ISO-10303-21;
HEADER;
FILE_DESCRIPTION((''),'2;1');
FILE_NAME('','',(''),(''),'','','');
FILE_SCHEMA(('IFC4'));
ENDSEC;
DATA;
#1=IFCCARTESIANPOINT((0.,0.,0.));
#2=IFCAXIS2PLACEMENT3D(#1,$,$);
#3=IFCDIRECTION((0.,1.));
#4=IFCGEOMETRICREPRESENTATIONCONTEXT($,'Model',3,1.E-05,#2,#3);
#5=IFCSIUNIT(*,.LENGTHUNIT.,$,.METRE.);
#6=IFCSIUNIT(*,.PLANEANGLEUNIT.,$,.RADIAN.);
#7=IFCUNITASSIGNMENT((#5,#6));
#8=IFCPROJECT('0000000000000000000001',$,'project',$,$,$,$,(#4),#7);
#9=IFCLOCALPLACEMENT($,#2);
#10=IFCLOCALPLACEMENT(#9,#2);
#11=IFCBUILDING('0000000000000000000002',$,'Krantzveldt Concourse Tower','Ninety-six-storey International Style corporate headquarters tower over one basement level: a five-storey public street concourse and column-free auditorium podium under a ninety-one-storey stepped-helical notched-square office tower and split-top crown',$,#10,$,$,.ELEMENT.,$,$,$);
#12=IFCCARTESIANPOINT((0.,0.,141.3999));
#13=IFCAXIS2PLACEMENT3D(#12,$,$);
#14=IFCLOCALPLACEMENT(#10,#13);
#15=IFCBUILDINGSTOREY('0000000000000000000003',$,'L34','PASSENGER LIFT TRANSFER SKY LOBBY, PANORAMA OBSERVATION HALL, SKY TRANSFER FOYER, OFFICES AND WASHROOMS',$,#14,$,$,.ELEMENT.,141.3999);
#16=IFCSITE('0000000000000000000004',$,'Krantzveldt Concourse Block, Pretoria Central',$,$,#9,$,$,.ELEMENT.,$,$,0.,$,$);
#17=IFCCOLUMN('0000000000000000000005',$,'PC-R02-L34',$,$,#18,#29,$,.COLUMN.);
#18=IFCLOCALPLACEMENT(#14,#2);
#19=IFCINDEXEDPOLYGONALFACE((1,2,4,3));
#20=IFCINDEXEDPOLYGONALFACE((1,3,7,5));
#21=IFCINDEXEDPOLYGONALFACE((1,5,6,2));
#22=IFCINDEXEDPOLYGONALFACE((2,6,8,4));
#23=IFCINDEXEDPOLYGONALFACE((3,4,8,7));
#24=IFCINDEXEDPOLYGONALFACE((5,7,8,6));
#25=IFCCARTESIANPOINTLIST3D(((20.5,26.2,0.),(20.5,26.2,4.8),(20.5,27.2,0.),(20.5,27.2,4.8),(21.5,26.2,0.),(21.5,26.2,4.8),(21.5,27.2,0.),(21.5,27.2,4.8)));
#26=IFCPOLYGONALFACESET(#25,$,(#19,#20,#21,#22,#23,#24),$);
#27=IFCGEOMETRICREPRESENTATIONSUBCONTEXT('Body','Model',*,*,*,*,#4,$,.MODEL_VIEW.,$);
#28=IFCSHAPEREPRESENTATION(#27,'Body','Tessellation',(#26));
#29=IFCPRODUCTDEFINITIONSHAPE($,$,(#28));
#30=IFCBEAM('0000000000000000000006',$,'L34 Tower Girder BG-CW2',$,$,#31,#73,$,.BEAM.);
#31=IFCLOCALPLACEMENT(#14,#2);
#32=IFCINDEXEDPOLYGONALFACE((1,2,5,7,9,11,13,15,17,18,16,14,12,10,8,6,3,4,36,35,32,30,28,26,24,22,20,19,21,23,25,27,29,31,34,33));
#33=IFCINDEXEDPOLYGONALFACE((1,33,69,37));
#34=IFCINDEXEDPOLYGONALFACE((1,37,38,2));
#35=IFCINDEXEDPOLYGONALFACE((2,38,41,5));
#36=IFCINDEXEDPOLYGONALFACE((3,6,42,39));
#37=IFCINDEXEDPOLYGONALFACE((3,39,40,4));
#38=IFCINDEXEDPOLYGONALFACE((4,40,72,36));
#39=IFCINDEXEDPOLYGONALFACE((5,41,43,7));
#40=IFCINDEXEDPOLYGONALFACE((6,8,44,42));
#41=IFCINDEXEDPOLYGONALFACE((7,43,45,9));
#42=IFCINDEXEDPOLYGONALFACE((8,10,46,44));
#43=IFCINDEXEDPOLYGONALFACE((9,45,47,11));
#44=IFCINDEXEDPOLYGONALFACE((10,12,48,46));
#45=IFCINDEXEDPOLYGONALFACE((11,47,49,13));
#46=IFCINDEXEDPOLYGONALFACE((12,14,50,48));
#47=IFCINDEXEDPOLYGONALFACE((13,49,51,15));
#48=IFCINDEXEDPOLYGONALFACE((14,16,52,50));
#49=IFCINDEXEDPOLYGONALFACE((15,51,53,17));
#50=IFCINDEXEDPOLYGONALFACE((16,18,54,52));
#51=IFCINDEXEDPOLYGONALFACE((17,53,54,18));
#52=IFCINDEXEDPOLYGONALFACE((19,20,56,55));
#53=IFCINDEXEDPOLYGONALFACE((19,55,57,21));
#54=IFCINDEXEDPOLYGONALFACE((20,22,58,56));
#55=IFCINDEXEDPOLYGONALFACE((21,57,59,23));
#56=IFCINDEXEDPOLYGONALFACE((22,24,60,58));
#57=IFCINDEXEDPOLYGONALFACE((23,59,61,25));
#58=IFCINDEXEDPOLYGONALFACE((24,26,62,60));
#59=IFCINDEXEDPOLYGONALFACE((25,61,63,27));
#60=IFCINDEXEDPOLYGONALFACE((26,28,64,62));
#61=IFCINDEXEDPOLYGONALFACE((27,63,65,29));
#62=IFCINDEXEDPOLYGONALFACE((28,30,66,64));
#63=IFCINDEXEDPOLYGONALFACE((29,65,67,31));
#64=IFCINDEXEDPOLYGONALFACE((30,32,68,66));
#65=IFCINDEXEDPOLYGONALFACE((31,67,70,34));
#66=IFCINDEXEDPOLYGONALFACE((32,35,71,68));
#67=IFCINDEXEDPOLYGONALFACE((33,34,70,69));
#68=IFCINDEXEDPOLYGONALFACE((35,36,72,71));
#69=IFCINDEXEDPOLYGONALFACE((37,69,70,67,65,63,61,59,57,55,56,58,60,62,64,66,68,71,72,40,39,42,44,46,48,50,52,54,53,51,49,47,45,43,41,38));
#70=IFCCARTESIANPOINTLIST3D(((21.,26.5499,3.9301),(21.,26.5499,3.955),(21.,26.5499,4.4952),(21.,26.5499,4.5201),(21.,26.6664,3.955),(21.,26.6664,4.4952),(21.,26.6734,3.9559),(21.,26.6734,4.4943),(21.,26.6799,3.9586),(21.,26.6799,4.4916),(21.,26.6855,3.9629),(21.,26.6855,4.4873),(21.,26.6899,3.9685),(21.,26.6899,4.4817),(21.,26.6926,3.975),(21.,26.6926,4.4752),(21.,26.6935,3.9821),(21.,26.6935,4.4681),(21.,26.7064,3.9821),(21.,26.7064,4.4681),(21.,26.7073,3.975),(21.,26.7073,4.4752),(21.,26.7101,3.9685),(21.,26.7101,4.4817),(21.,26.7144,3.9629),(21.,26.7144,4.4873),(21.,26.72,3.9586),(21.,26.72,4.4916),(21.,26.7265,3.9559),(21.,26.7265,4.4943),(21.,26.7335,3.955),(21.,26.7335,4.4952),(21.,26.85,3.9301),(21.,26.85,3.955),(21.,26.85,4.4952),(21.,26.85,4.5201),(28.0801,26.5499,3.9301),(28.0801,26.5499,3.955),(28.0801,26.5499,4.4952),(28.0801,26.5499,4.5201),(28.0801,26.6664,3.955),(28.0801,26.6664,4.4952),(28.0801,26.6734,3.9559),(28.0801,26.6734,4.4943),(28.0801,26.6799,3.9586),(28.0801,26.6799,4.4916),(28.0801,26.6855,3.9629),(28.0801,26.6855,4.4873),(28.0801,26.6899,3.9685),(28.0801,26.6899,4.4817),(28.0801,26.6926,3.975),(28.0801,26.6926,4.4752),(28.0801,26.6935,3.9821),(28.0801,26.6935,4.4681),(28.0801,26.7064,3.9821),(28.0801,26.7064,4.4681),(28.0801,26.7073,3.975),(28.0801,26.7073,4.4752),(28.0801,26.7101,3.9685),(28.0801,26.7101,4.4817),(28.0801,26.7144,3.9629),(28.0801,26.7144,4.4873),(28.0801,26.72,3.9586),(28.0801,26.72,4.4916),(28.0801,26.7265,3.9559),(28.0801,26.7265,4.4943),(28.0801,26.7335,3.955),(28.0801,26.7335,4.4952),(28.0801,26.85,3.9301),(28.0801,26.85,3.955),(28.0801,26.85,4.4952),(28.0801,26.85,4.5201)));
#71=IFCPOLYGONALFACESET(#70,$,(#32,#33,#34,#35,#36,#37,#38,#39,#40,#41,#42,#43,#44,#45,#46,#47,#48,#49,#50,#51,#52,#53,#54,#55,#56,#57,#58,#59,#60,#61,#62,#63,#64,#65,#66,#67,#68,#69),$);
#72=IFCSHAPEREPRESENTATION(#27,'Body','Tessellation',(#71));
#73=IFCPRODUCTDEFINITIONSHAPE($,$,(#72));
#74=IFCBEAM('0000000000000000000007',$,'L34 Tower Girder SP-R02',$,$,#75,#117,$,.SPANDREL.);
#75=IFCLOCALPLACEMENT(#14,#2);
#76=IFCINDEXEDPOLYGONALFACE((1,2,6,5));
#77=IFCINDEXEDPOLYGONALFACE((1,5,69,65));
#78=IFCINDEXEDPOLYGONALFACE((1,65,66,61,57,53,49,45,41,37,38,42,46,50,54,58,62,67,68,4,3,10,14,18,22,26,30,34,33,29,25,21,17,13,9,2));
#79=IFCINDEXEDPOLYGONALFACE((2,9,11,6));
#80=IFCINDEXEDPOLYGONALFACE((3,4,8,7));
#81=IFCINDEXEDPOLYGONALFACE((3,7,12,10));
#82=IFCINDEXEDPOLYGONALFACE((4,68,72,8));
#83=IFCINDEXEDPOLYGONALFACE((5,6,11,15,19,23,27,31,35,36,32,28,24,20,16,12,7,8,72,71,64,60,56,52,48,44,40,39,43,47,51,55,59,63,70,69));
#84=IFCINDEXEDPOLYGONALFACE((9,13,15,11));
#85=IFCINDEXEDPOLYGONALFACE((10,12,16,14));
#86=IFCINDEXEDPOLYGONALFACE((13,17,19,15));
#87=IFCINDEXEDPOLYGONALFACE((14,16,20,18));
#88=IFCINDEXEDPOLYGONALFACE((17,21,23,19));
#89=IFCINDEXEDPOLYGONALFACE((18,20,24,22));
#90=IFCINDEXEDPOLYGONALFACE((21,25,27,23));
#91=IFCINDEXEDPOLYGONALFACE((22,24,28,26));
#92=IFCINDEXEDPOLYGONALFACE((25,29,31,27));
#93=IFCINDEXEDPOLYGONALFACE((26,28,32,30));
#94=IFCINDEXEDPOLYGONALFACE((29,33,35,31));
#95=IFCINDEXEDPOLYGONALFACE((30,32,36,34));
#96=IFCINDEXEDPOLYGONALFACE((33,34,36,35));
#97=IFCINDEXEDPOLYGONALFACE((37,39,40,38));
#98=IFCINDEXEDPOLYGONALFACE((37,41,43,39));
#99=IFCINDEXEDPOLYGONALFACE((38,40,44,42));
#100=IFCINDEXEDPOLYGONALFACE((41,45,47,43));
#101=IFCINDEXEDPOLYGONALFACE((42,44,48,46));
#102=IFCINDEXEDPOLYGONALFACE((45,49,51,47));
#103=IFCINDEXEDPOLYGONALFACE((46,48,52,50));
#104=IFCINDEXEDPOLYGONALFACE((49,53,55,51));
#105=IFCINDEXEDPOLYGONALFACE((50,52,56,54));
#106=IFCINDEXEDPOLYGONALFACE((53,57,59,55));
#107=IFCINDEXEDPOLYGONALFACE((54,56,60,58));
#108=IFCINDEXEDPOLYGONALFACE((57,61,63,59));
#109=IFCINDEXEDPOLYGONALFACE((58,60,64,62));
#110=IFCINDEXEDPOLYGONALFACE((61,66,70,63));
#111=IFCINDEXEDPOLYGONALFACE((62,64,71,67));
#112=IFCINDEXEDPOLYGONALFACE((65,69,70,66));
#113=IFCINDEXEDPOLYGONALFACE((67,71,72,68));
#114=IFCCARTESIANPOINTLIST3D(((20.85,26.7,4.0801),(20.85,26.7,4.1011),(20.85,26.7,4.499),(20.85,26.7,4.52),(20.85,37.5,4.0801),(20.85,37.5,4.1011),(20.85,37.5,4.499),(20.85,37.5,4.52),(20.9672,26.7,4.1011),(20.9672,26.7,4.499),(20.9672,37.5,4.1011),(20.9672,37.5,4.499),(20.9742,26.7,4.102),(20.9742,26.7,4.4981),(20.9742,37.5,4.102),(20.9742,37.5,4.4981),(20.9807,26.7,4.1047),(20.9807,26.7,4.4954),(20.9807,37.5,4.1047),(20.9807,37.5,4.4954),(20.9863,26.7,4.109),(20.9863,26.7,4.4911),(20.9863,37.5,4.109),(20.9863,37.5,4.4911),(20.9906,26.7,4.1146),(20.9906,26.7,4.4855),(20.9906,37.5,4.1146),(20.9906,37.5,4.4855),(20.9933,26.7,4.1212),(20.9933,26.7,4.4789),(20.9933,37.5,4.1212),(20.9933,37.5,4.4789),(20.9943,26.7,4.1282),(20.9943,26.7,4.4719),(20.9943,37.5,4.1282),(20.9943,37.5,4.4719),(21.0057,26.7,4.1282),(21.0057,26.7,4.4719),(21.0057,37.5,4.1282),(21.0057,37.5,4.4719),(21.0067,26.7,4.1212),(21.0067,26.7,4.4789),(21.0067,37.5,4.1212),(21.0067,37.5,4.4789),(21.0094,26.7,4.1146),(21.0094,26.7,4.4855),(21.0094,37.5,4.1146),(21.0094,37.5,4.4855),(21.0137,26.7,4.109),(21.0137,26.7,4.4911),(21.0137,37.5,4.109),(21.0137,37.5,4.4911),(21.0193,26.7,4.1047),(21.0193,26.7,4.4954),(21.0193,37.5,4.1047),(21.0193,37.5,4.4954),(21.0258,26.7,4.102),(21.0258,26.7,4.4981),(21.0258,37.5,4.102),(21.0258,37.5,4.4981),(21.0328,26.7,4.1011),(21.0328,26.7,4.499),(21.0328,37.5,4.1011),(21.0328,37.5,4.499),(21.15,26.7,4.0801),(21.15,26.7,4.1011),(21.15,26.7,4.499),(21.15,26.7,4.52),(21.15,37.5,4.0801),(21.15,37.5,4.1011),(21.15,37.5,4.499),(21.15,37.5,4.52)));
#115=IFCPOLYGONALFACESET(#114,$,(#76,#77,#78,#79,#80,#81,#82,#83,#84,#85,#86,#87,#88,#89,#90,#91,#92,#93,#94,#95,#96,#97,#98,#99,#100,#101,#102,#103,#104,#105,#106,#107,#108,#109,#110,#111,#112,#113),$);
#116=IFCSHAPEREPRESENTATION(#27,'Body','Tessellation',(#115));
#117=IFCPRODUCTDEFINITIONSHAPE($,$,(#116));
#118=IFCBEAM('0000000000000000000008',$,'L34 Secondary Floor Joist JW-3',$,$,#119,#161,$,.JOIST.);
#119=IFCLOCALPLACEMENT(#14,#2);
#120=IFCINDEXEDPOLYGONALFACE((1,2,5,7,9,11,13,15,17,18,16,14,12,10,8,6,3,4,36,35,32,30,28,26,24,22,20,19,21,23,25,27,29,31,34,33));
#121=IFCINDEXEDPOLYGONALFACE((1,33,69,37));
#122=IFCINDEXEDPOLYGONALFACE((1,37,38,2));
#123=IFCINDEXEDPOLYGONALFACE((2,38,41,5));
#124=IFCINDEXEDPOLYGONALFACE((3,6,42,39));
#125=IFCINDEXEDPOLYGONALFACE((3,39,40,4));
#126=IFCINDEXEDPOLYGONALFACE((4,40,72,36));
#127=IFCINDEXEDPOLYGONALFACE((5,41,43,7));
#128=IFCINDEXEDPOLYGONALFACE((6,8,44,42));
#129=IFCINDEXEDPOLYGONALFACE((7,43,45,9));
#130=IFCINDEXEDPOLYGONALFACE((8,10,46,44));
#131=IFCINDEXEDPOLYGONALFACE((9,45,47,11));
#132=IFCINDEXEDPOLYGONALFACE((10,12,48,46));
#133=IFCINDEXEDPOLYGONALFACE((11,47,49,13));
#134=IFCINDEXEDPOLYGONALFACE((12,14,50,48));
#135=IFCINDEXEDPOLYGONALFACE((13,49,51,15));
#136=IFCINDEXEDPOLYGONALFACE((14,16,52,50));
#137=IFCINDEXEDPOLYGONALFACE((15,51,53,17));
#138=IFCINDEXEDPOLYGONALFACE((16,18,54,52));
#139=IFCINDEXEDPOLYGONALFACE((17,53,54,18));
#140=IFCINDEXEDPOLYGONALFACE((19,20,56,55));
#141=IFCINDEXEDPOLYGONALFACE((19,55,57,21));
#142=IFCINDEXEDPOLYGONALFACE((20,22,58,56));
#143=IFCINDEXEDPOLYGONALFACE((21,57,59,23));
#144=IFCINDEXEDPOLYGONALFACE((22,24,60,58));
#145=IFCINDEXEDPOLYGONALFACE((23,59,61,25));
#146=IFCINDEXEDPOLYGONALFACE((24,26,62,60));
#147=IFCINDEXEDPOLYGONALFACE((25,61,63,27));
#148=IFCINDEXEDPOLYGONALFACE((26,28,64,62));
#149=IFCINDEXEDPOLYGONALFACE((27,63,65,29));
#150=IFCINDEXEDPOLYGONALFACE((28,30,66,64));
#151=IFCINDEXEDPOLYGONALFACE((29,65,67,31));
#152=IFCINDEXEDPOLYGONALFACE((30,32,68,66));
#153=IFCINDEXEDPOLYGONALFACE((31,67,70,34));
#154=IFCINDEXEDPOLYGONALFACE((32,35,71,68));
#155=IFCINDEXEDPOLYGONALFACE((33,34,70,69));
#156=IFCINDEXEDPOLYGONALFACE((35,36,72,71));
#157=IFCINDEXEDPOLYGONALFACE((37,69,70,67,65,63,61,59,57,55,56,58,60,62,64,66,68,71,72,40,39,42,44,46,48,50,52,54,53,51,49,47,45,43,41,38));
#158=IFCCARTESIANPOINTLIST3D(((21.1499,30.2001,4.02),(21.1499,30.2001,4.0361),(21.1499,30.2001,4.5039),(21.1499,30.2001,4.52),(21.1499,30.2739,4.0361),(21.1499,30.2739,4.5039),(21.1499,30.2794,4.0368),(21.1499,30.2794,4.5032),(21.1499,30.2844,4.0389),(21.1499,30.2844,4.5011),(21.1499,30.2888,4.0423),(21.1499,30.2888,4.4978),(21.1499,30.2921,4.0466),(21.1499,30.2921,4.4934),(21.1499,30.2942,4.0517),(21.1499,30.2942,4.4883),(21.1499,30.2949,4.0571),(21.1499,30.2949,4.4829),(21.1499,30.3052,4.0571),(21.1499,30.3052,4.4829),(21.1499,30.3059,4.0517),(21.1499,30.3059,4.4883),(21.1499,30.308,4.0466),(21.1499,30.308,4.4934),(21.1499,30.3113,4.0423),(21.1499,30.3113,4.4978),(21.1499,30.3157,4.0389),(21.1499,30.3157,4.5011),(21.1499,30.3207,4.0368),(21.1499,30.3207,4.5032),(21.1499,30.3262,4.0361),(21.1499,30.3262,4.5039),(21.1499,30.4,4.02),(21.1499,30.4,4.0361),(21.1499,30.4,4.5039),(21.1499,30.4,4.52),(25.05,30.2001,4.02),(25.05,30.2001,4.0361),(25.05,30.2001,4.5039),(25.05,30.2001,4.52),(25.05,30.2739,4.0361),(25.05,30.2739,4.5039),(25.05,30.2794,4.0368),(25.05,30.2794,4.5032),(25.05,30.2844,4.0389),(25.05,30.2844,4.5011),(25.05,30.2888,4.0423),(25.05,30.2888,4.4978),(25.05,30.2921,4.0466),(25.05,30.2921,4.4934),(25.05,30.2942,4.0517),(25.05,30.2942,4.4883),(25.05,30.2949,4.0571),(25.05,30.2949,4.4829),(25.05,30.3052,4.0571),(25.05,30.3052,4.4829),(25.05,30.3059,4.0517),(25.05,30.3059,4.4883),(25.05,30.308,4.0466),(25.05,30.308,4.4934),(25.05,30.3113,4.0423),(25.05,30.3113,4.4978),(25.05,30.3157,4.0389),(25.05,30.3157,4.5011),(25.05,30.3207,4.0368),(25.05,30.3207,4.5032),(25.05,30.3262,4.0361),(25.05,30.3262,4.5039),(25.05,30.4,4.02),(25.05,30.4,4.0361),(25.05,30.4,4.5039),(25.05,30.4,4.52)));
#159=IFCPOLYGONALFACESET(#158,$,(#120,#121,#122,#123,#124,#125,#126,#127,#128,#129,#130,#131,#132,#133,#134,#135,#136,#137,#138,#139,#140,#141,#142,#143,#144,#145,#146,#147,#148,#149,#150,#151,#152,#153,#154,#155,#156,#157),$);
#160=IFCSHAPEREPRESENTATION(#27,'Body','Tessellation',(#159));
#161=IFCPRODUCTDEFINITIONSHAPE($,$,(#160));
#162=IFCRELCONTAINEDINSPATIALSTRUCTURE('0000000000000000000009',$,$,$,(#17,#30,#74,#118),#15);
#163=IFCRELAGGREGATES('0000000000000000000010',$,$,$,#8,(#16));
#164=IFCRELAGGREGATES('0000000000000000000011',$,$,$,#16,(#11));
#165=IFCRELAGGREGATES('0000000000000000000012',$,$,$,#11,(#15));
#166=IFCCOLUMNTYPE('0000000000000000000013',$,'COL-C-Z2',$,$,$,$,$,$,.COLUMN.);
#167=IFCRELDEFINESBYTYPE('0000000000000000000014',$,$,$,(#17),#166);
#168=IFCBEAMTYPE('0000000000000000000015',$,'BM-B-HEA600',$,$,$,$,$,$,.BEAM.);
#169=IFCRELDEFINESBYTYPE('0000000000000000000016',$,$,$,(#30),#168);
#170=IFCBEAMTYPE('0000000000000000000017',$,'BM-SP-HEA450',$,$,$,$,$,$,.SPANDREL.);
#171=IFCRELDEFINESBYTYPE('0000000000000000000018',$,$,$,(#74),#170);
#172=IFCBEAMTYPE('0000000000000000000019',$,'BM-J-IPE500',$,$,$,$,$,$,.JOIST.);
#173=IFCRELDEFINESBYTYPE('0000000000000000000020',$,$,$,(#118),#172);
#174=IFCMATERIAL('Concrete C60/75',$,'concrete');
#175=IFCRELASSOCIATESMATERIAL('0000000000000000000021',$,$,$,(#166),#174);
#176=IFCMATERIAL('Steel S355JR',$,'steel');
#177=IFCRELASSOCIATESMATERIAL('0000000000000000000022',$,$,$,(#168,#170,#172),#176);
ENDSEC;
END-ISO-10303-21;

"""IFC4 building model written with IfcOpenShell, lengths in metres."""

from ifc_helpers import new_model, si_unit, direction, frame, origin, origin_2d, place, context, subcontext, project, spatial, rectangle, i_section, extrude, source, transform, mapped, material, material_profile, profile_set, type_object, type_shapes, element, save


model = new_model("IFC4")

# Units and contexts
model_context = context("Model", 3, precision=1e-05, world=origin(), true_north=direction((0.0, 1.0)))
body_context = subcontext(model_context, "Body", "Model", "MODEL_VIEW")
ifc_project = project(units=[si_unit("LENGTHUNIT", "METRE"), si_unit("PLANEANGLEUNIT", "RADIAN")], contexts=[model_context])

# Site, building, storey
site_placement = place(None, origin())
site = spatial("IfcSite", under=ifc_project, at=site_placement, Name="Krantzveldt Concourse Block, Pretoria Central", CompositionType="ELEMENT", RefElevation=0.0)
building_placement = place(site_placement, origin())
building = spatial("IfcBuilding", under=site, at=building_placement, Name="Krantzveldt Concourse Tower", Description="Ninety-six-storey International Style corporate headquarters tower over one basement level: a five-storey public street concourse and column-free auditorium podium under a ninety-one-storey stepped-helical notched-square office tower and split-top crown", CompositionType="ELEMENT")
storey_placement = place(building_placement, frame((0.0, 0.0, 141.3999)))
storey = spatial("IfcBuildingStorey", under=building, at=storey_placement, Name="L34", Description="PASSENGER LIFT TRANSFER SKY LOBBY, PANORAMA OBSERVATION HALL, SKY TRANSFER FOYER, OFFICES AND WASHROOMS", CompositionType="ELEMENT", Elevation=141.3999)

# Column
ifc_material_1 = material(Name="Concrete C60/75", Category="concrete")
ifc_material_profile_1 = material_profile(ifc_material_1, rectangle(XDim=1.0, YDim=1.0, at=origin_2d()), Name="Concrete C60/75", Category="concrete")
ifc_profile_set_1 = profile_set([ifc_material_profile_1], Name="Concrete C60/75 - RC 1000x1000")
column_type = type_object("IfcColumnType", Name="COL-C-Z2", PredefinedType="COLUMN", material=ifc_profile_set_1)
shared_shape_1 = source(origin(), body_context, "Body", "SweptSolid", [
    extrude(rectangle(XDim=1.0, YDim=1.0, at=origin_2d()), origin(), (0.0, 0.0, 1.0), 4.8),
])
type_shapes(column_type, [shared_shape_1])
column_placement = place(storey_placement, frame((21.0, 26.7, 0.0), z_axis=(0.0, 0.0, 1.0), x_axis=(1.0, 0.0, 0.0)))
element("IfcColumn", 1, at=column_placement, inside=storey, type_object=column_type, Name="PC-R02-L34", PredefinedType="COLUMN", context=body_context, shape_type="MappedRepresentation", body=[
    mapped(shared_shape_1, transform((0.0, 0.0, 0.0), x_axis=(1.0, 0.0, 0.0), y_axis=(0.0, 1.0, 0.0), z_axis=(0.0, 0.0, 1.0), scale=1.0)),
])

# Beams
ifc_material_2 = material(Name="Steel S355JR", Category="steel")
ifc_material_profile_2 = material_profile(ifc_material_2, i_section(OverallWidth=0.3, OverallDepth=0.5901, WebThickness=0.0129, FlangeThickness=0.0249, FilletRadius=0.0271, at=origin_2d()), Name="Steel S355JR", Category="steel")
ifc_profile_set_2 = profile_set([ifc_material_profile_2], Name="Steel S355JR - HEA 600")
beam_type_1 = type_object("IfcBeamType", Name="BM-B-HEA600", PredefinedType="BEAM", material=ifc_profile_set_2)
shared_shape_2 = source(origin(), body_context, "Body", "SweptSolid", [
    extrude(i_section(OverallWidth=0.3, OverallDepth=0.5901, WebThickness=0.0129, FlangeThickness=0.0249, FilletRadius=0.0271, at=origin_2d()), origin(), (0.0, 0.0, 1.0), 7.0801),
])
type_shapes(beam_type_1, [shared_shape_2])
beam_1_placement = place(storey_placement, frame((21.0, 26.7, 4.2251), z_axis=(1.0, 0.0, 0.0), x_axis=(0.0, 1.0, 0.0)))
element("IfcBeam", 2, at=beam_1_placement, inside=storey, type_object=beam_type_1, Name="L34 Tower Girder BG-CW2", PredefinedType="BEAM", context=body_context, shape_type="MappedRepresentation", body=[
    mapped(shared_shape_2, transform((0.0, 0.0, 0.0), x_axis=(1.0, 0.0, 0.0), y_axis=(0.0, 1.0, 0.0), z_axis=(0.0, 0.0, 1.0), scale=1.0)),
])
ifc_material_profile_3 = material_profile(ifc_material_2, i_section(OverallWidth=0.3, OverallDepth=0.4399, WebThickness=0.0115, FlangeThickness=0.021, FilletRadius=0.0271, at=origin_2d()), Name="Steel S355JR", Category="steel")
ifc_profile_set_3 = profile_set([ifc_material_profile_3], Name="Steel S355JR - HEA 450")
beam_type_2 = type_object("IfcBeamType", Name="BM-SP-HEA450", PredefinedType="SPANDREL", material=ifc_profile_set_3)
shared_shape_3 = source(origin(), body_context, "Body", "SweptSolid", [
    extrude(i_section(OverallWidth=0.3, OverallDepth=0.4399, WebThickness=0.0115, FlangeThickness=0.021, FilletRadius=0.0271, at=origin_2d()), origin(), (0.0, 0.0, 1.0), 10.8),
])
type_shapes(beam_type_2, [shared_shape_3])
beam_2_placement = place(storey_placement, frame((21.0, 26.7, 4.3), z_axis=(0.0, 1.0, 0.0), x_axis=(-1.0, 0.0, 0.0)))
element("IfcBeam", 3, at=beam_2_placement, inside=storey, type_object=beam_type_2, Name="L34 Tower Girder SP-R02", PredefinedType="SPANDREL", context=body_context, shape_type="MappedRepresentation", body=[
    mapped(shared_shape_3, transform((0.0, 0.0, 0.0), x_axis=(1.0, 0.0, 0.0), y_axis=(0.0, 1.0, 0.0), z_axis=(0.0, 0.0, 1.0), scale=1.0)),
])
ifc_material_profile_4 = material_profile(ifc_material_2, i_section(OverallWidth=0.2, OverallDepth=0.5, WebThickness=0.0103, FlangeThickness=0.0161, FilletRadius=0.021, at=origin_2d()), Name="Steel S355JR", Category="steel")
ifc_profile_set_4 = profile_set([ifc_material_profile_4], Name="Steel S355JR - IPE 500")
beam_type_3 = type_object("IfcBeamType", Name="BM-J-IPE500", PredefinedType="JOIST", material=ifc_profile_set_4)
shared_shape_4 = source(origin(), body_context, "Body", "SweptSolid", [
    extrude(i_section(OverallWidth=0.2, OverallDepth=0.5, WebThickness=0.0103, FlangeThickness=0.0161, FilletRadius=0.021, at=origin_2d()), origin(), (0.0, 0.0, 1.0), 3.9001),
])
type_shapes(beam_type_3, [shared_shape_4])
for number, where, z_axis, x_axis, name in (
    (4, (21.1499, 30.3, 4.27), (1.0, 0.0, 0.0), (0.0, 1.0, 0.0), "L34 Secondary Floor Joist JW-3"),
):
    element("IfcBeam", number, at=place(storey_placement, frame(where, z_axis=z_axis, x_axis=x_axis)), inside=storey, type_object=beam_type_3, Name=name, PredefinedType="JOIST", context=body_context, shape_type="MappedRepresentation", body=[
        mapped(shared_shape_4, transform((0.0, 0.0, 0.0), x_axis=(1.0, 0.0, 0.0), y_axis=(0.0, 1.0, 0.0), z_axis=(0.0, 0.0, 1.0), scale=1.0)),
    ])

save(model, "model.ifc")
